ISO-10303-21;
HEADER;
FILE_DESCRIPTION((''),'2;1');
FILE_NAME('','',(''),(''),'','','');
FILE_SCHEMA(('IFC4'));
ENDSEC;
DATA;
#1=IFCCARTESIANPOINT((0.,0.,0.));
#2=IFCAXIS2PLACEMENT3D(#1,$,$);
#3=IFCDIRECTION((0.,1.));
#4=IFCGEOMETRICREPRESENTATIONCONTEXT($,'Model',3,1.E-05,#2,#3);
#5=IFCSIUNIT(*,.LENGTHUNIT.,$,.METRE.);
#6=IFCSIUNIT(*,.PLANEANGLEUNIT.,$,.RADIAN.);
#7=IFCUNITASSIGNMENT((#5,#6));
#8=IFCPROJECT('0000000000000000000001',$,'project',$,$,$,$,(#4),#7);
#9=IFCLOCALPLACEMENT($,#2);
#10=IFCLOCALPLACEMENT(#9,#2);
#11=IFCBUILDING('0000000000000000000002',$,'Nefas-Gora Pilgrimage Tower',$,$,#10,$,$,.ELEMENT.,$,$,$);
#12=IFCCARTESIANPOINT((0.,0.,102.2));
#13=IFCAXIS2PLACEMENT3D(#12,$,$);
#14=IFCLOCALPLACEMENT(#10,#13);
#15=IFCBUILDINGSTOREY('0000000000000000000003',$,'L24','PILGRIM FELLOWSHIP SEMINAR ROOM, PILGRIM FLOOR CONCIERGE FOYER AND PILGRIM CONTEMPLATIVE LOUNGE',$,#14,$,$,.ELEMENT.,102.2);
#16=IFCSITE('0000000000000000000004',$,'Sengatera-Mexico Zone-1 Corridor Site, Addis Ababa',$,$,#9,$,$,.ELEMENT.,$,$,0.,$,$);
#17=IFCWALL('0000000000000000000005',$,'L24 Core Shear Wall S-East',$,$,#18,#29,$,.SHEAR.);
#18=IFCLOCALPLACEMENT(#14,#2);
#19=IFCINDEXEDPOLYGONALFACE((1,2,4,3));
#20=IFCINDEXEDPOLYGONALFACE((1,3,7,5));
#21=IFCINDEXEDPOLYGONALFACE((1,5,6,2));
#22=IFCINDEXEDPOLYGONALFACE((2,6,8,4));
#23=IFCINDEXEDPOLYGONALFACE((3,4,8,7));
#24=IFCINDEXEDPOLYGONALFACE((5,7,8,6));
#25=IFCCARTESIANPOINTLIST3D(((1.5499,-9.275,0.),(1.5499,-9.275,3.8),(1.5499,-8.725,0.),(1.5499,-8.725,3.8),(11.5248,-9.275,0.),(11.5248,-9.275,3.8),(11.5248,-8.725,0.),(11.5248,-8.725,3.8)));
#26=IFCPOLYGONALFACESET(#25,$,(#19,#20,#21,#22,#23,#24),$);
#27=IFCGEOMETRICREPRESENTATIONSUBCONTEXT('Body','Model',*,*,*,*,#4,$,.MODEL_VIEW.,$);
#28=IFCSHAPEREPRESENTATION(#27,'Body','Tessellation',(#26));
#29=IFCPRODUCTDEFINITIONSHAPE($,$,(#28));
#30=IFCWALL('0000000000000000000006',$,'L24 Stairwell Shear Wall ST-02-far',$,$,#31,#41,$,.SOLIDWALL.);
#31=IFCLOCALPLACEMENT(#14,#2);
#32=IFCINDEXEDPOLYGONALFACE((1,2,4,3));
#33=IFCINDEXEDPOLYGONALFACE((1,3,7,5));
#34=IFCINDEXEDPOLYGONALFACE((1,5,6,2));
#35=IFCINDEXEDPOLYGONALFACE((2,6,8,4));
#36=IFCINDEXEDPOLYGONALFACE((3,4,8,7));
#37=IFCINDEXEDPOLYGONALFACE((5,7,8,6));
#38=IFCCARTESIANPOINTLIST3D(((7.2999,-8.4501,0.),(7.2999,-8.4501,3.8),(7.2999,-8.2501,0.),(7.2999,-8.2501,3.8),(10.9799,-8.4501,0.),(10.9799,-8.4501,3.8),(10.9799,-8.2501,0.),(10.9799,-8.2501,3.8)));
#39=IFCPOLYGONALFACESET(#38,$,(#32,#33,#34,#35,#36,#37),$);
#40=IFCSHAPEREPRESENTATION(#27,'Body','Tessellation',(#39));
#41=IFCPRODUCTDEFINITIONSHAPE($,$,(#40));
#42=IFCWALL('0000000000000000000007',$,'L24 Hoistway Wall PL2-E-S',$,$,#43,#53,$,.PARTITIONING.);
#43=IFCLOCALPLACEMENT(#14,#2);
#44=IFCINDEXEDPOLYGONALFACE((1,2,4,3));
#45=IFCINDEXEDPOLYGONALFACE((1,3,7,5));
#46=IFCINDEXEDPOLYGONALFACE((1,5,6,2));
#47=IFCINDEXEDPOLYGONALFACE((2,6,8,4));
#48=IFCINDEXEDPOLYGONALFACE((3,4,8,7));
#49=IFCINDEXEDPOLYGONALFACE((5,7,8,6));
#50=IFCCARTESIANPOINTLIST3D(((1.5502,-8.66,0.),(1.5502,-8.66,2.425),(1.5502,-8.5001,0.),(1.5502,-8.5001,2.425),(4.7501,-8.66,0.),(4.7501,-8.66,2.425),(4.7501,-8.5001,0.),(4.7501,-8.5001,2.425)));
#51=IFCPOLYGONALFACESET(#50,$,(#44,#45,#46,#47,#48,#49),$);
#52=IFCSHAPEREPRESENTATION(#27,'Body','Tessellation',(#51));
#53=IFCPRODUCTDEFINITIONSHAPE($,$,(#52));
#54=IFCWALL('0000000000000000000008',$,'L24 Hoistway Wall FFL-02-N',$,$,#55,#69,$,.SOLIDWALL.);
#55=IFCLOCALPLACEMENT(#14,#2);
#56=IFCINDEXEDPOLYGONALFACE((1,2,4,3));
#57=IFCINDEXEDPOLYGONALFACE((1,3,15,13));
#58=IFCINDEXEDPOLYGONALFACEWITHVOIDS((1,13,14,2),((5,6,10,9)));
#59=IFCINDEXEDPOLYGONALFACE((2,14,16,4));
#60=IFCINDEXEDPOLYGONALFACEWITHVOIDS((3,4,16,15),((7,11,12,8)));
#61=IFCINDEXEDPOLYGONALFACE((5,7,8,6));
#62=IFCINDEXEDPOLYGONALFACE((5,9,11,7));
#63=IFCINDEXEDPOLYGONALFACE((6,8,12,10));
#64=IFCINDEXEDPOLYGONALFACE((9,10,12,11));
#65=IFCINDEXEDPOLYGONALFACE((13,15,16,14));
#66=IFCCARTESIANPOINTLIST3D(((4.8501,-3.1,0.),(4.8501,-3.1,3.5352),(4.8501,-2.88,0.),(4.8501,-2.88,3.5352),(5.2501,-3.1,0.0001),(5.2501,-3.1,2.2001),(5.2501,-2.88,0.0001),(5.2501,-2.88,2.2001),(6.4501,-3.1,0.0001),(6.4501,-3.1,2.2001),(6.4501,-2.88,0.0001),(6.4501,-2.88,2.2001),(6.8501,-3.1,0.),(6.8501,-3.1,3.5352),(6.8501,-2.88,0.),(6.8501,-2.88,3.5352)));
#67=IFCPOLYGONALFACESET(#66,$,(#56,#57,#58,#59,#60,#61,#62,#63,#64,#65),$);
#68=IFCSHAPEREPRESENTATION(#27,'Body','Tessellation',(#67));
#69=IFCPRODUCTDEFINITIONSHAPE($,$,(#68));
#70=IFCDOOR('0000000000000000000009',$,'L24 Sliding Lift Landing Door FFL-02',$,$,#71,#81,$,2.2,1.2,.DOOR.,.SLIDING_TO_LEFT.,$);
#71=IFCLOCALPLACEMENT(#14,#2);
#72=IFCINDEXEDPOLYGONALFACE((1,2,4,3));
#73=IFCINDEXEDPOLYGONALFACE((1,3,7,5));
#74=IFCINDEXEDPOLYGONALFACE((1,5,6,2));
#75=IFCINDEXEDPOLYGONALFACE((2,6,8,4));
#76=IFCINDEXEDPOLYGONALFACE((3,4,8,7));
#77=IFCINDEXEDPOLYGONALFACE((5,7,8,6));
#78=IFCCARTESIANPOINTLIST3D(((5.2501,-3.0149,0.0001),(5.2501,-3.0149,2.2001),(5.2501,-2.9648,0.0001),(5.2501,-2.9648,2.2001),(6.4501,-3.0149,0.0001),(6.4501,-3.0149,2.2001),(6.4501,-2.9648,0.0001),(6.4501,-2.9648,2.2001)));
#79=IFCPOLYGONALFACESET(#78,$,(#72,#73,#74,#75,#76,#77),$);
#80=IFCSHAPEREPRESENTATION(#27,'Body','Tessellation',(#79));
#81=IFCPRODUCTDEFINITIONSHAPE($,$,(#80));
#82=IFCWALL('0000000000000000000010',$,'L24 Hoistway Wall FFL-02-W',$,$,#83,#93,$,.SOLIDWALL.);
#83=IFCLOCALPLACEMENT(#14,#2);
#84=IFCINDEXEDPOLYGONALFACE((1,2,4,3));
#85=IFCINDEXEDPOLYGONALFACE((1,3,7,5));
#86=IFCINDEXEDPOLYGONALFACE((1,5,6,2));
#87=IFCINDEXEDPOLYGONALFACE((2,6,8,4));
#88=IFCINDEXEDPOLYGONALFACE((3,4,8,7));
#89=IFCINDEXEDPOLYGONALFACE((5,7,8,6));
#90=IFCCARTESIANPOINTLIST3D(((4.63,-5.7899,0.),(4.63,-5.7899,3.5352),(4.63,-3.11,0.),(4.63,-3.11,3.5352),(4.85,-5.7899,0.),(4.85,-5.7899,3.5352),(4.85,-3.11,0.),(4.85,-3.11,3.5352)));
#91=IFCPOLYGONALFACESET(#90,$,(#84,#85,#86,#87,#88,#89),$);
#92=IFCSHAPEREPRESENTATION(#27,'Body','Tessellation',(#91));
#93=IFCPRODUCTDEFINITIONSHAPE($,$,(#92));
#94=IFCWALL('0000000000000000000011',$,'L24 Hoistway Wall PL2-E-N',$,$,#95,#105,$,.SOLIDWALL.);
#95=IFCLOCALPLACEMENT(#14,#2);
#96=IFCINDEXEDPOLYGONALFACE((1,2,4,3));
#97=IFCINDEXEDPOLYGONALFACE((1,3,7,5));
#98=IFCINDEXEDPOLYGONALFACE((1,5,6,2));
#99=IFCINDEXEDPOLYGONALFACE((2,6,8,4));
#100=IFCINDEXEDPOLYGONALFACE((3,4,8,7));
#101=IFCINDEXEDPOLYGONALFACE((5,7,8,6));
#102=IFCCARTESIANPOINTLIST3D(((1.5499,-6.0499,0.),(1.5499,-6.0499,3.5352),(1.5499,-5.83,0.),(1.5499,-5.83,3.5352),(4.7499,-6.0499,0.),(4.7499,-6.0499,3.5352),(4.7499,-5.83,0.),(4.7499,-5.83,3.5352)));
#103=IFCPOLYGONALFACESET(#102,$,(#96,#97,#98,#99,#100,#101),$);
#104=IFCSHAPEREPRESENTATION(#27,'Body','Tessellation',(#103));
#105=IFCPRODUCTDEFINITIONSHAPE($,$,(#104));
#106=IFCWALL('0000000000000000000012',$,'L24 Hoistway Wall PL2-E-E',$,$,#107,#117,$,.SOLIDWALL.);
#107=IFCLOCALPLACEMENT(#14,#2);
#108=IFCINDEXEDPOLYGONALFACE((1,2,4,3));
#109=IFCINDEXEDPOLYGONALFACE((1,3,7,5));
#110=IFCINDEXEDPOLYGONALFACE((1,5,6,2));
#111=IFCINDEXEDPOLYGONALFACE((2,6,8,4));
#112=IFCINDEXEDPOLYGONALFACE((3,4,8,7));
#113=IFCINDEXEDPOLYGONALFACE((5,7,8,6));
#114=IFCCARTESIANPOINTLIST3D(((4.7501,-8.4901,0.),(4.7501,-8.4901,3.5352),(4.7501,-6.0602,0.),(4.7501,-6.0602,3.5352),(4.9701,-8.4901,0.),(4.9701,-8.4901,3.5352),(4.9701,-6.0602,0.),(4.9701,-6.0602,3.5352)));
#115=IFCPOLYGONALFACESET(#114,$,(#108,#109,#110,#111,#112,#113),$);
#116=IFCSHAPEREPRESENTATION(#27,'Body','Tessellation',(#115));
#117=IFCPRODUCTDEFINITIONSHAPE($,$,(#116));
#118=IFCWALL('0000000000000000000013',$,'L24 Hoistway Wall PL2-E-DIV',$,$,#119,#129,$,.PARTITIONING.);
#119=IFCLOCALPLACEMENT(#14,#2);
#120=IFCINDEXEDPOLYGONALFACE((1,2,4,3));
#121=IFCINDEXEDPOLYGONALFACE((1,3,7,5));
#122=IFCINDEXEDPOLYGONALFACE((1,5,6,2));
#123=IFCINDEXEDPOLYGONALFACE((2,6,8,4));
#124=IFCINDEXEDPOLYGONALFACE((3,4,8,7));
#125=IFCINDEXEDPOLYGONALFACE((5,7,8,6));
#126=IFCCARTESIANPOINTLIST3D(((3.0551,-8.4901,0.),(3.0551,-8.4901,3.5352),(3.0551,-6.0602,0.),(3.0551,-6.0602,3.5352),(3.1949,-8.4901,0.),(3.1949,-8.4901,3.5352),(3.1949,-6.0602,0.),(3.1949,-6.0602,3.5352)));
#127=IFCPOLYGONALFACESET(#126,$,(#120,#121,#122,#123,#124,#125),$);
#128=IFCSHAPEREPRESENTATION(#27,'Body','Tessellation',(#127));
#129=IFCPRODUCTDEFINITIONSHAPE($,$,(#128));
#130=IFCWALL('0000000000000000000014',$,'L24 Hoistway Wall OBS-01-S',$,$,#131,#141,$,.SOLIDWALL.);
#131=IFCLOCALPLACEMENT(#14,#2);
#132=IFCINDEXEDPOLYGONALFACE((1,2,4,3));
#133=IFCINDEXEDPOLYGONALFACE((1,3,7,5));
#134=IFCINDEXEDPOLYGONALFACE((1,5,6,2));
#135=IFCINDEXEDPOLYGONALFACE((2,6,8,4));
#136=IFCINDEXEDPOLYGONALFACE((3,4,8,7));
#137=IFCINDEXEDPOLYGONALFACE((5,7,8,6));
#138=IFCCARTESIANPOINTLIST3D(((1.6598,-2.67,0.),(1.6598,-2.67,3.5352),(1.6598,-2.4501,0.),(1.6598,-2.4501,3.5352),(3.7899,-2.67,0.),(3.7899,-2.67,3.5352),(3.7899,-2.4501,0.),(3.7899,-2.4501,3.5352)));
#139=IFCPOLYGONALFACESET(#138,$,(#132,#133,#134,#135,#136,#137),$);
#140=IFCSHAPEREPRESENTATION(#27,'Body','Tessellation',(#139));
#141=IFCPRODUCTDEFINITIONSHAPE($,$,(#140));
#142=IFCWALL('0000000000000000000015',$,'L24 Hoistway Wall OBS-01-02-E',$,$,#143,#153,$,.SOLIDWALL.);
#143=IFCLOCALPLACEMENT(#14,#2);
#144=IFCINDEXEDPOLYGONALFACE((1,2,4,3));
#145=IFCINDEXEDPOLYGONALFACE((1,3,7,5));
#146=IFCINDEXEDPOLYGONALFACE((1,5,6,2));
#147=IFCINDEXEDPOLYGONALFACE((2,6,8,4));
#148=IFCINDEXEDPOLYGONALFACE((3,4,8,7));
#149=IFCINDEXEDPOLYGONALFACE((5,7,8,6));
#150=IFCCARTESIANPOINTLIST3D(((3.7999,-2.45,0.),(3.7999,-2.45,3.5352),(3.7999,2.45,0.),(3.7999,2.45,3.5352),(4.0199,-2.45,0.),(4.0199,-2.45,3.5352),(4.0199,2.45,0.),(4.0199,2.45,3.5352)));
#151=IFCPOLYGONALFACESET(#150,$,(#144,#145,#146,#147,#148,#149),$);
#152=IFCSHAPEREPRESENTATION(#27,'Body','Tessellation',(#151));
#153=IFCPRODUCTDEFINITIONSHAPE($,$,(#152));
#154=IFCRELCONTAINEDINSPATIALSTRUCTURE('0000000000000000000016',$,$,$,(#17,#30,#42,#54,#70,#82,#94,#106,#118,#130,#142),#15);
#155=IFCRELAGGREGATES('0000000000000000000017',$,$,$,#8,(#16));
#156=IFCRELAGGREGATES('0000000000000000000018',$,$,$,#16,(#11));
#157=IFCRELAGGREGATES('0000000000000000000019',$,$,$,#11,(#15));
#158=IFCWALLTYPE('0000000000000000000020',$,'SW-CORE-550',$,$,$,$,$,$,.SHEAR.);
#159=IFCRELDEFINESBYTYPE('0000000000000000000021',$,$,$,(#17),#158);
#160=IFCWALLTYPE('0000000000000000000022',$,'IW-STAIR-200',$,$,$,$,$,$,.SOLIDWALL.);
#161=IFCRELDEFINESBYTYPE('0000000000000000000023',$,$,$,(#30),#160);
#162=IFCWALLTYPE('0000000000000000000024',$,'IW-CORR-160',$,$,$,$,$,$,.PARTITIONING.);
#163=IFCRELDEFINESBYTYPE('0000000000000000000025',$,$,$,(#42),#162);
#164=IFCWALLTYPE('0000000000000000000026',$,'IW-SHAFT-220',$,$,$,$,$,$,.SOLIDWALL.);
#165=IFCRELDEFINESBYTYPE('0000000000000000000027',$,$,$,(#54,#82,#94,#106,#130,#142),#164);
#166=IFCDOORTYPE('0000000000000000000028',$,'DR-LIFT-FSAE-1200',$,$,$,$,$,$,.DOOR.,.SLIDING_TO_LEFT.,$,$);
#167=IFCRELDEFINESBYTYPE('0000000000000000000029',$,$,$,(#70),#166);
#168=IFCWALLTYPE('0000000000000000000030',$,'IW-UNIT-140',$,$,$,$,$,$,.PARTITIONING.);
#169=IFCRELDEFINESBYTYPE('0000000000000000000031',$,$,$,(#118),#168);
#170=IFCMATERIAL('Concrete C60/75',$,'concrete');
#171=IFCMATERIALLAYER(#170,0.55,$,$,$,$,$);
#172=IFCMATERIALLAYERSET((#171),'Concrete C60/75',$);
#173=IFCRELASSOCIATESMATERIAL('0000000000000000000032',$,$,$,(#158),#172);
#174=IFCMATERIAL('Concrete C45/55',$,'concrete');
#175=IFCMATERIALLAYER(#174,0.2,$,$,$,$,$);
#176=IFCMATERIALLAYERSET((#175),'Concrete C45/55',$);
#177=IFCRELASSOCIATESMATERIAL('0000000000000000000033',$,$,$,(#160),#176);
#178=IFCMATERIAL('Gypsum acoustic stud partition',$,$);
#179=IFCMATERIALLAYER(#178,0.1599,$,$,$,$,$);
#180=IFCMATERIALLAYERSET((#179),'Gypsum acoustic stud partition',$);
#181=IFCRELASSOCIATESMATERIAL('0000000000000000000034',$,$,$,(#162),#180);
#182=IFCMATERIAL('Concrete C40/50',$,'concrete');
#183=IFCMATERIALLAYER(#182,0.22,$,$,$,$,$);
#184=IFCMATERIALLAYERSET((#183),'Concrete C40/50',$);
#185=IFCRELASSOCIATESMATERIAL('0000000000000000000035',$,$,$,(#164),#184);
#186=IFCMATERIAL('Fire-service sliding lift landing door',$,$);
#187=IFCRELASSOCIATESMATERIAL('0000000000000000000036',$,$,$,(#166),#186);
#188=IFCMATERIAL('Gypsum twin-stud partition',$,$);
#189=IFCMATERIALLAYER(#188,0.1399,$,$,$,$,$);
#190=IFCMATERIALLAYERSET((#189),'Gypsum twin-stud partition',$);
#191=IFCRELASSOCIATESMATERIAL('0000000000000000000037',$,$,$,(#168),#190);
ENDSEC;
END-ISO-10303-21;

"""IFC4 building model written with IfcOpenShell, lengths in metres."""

from ifc_helpers import new_model, si_unit, direction, frame, frame_2d, origin, place, context, subcontext, project, spatial, rectangle, extrude, source, transform, mapped, material, layer, layer_set, type_object, element, fill, save


model = new_model("IFC4")

# Units and contexts
model_context = context("Model", 3, precision=1e-05, world=origin(), true_north=direction((0.0, 1.0)))
body_context = subcontext(model_context, "Body", "Model", "MODEL_VIEW")
ifc_project = project(units=[si_unit("LENGTHUNIT", "METRE"), si_unit("PLANEANGLEUNIT", "RADIAN")], contexts=[model_context])

# Site, building, storey
site_placement = place(None, origin())
site = spatial("IfcSite", under=ifc_project, at=site_placement, Name="Sengatera-Mexico Zone-1 Corridor Site, Addis Ababa", CompositionType="ELEMENT", RefElevation=0.0)
building_placement = place(site_placement, origin())
building = spatial("IfcBuilding", under=site, at=building_placement, Name="Nefas-Gora Pilgrimage Tower", CompositionType="ELEMENT")
storey_placement = place(building_placement, frame((0.0, 0.0, 102.2)))
storey = spatial("IfcBuildingStorey", under=building, at=storey_placement, Name="L24", Description="PILGRIM FELLOWSHIP SEMINAR ROOM, PILGRIM FLOOR CONCIERGE FOYER AND PILGRIM CONTEMPLATIVE LOUNGE", CompositionType="ELEMENT", Elevation=102.2)

# Walls
ifc_material_1 = material(Name="Concrete C60/75", Category="concrete")
ifc_layer_1 = layer(ifc_material_1, 0.55)
ifc_layer_set_1 = layer_set([ifc_layer_1], Name="Concrete C60/75")
wall_type_1 = type_object("IfcWallType", Name="SW-CORE-550", PredefinedType="SHEAR", material=ifc_layer_set_1)
shared_shape_1 = source(origin(), body_context, "Body", "SweptSolid", [
    extrude(rectangle(XDim=9.9749, YDim=0.55, at=frame_2d((4.9873, 0.0))), origin(), (0.0, 0.0, 1.0), 3.8),
])
wall_1_placement = place(storey_placement, frame((1.55, -9.0, 0.0), z_axis=(0.0, 0.0, 1.0), x_axis=(1.0, 0.0, 0.0)))
element("IfcWall", 1, at=wall_1_placement, inside=storey, type_object=wall_type_1, Name="L24 Core Shear Wall S-East", PredefinedType="SHEAR", context=body_context, shape_type="MappedRepresentation", body=[
    mapped(shared_shape_1, transform((0.0, 0.0, 0.0), x_axis=(1.0, 0.0, 0.0), y_axis=(0.0, 1.0, 0.0), z_axis=(0.0, 0.0, 1.0), scale=1.0)),
])
ifc_material_2 = material(Name="Concrete C45/55", Category="concrete")
ifc_layer_2 = layer(ifc_material_2, 0.2)
ifc_layer_set_2 = layer_set([ifc_layer_2], Name="Concrete C45/55")
wall_type_2 = type_object("IfcWallType", Name="IW-STAIR-200", PredefinedType="SOLIDWALL", material=ifc_layer_set_2)
shared_shape_2 = source(origin(), body_context, "Body", "SweptSolid", [
    extrude(rectangle(XDim=3.6799, YDim=0.2, at=frame_2d((1.8398, 0.0))), origin(), (0.0, 0.0, 1.0), 3.8),
])
wall_2_placement = place(storey_placement, frame((7.3, -8.3501, 0.0), z_axis=(0.0, 0.0, 1.0), x_axis=(1.0, 0.0, 0.0)))
element("IfcWall", 2, at=wall_2_placement, inside=storey, type_object=wall_type_2, Name="L24 Stairwell Shear Wall ST-02-far", PredefinedType="SOLIDWALL", context=body_context, shape_type="MappedRepresentation", body=[
    mapped(shared_shape_2, transform((0.0, 0.0, 0.0), x_axis=(1.0, 0.0, 0.0), y_axis=(0.0, 1.0, 0.0), z_axis=(0.0, 0.0, 1.0), scale=1.0)),
])
ifc_material_3 = material(Name="Gypsum acoustic stud partition")
ifc_layer_3 = layer(ifc_material_3, 0.1599)
ifc_layer_set_3 = layer_set([ifc_layer_3], Name="Gypsum acoustic stud partition")
wall_type_3 = type_object("IfcWallType", Name="IW-CORR-160", PredefinedType="PARTITIONING", material=ifc_layer_set_3)
shared_shape_3 = source(origin(), body_context, "Body", "SweptSolid", [
    extrude(rectangle(XDim=3.2, YDim=0.1599, at=frame_2d((1.6001, 0.0))), origin(), (0.0, 0.0, 1.0), 2.425),
])
wall_3_placement = place(storey_placement, frame((1.55, -8.5801, 0.0), z_axis=(0.0, 0.0, 1.0), x_axis=(1.0, 0.0, 0.0)))
element("IfcWall", 3, at=wall_3_placement, inside=storey, type_object=wall_type_3, Name="L24 Hoistway Wall PL2-E-S", PredefinedType="PARTITIONING", context=body_context, shape_type="MappedRepresentation", body=[
    mapped(shared_shape_3, transform((0.0, 0.0, 0.0), x_axis=(1.0, 0.0, 0.0), y_axis=(0.0, 1.0, 0.0), z_axis=(0.0, 0.0, 1.0), scale=1.0)),
])

# Wall, opening, door
ifc_material_4 = material(Name="Concrete C40/50", Category="concrete")
ifc_layer_4 = layer(ifc_material_4, 0.22)
ifc_layer_set_4 = layer_set([ifc_layer_4], Name="Concrete C40/50")
wall_type_4 = type_object("IfcWallType", Name="IW-SHAFT-220", PredefinedType="SOLIDWALL", material=ifc_layer_set_4)
shared_shape_4 = source(origin(), body_context, "Body", "SweptSolid", [
    extrude(rectangle(XDim=2.0, YDim=0.22, at=frame_2d((1.0, 0.0))), origin(), (0.0, 0.0, 1.0), 3.5352),
])
wall_4_placement = place(storey_placement, frame((6.8501, -2.99, 0.0), z_axis=(0.0, 0.0, 1.0), x_axis=(-1.0, 0.0, 0.0)))
wall_4 = element("IfcWall", 4, at=wall_4_placement, inside=storey, type_object=wall_type_4, Name="L24 Hoistway Wall FFL-02-N", PredefinedType="SOLIDWALL", context=body_context, shape_type="MappedRepresentation", body=[
    mapped(shared_shape_4, transform((0.0, 0.0, 0.0), x_axis=(1.0, 0.0, 0.0), y_axis=(0.0, 1.0, 0.0), z_axis=(0.0, 0.0, 1.0), scale=1.0)),
])
opening_1_placement = place(wall_4_placement, frame((0.3999, 0.0, 0.0)))
opening_1 = element("IfcOpeningElement", 5, at=opening_1_placement, cuts=wall_4, PredefinedType="OPENING", context=body_context, shape_type="SweptSolid", body=[
    extrude(rectangle(XDim=1.2, YDim=2.2, at=frame_2d((0.6001, 1.1001))), frame((0.0, 0.1199, 0.0), z_axis=(0.0, -1.0, 0.0), x_axis=(1.0, 0.0, 0.0)), (0.0, 0.0, 1.0), 0.24),
])
ifc_material_5 = material(Name="Fire-service sliding lift landing door")
door_type_1 = type_object("IfcDoorType", Name="DR-LIFT-FSAE-1200", OperationType="SLIDING_TO_LEFT", PredefinedType="DOOR", material=ifc_material_5)
shared_shape_5 = source(origin(), body_context, "Body", "SweptSolid", [
    extrude(rectangle(XDim=1.2, YDim=2.2, at=frame_2d((0.6001, 1.1001))), frame((0.0, 0.0249, 0.0), z_axis=(0.0, -1.0, 0.0), x_axis=(1.0, 0.0, 0.0)), (0.0, 0.0, 1.0), 0.05),
])
door_1_placement = place(opening_1_placement, origin())
door_1 = element("IfcDoor", 6, at=door_1_placement, inside=storey, type_object=door_type_1, Name="L24 Sliding Lift Landing Door FFL-02", OperationType="SLIDING_TO_LEFT", OverallHeight=2.2, OverallWidth=1.2, PredefinedType="DOOR", context=body_context, shape_type="MappedRepresentation", body=[
    mapped(shared_shape_5, transform((0.0, 0.0, 0.0), x_axis=(1.0, 0.0, 0.0), y_axis=(0.0, 1.0, 0.0), z_axis=(0.0, 0.0, 1.0), scale=1.0)),
])
fill(opening_1, door_1)

# Walls
shared_shape_6 = source(origin(), body_context, "Body", "SweptSolid", [
    extrude(rectangle(XDim=2.6799, YDim=0.22, at=frame_2d((1.3398, 0.0))), origin(), (0.0, 0.0, 1.0), 3.5352),
])
wall_5_placement = place(storey_placement, frame((4.74, -3.1101, 0.0), z_axis=(0.0, 0.0, 1.0), x_axis=(0.0, -1.0, 0.0)))
element("IfcWall", 7, at=wall_5_placement, inside=storey, type_object=wall_type_4, Name="L24 Hoistway Wall FFL-02-W", PredefinedType="SOLIDWALL", context=body_context, shape_type="MappedRepresentation", body=[
    mapped(shared_shape_6, transform((0.0, 0.0, 0.0), x_axis=(1.0, 0.0, 0.0), y_axis=(0.0, 1.0, 0.0), z_axis=(0.0, 0.0, 1.0), scale=1.0)),
])
shared_shape_7 = source(origin(), body_context, "Body", "SweptSolid", [
    extrude(rectangle(XDim=3.2, YDim=0.22, at=frame_2d((1.6001, 0.0))), origin(), (0.0, 0.0, 1.0), 3.5352),
])
wall_6_placement = place(storey_placement, frame((4.75, -5.9399, 0.0), z_axis=(0.0, 0.0, 1.0), x_axis=(-1.0, 0.0, 0.0)))
element("IfcWall", 8, at=wall_6_placement, inside=storey, type_object=wall_type_4, Name="L24 Hoistway Wall PL2-E-N", PredefinedType="SOLIDWALL", context=body_context, shape_type="MappedRepresentation", body=[
    mapped(shared_shape_7, transform((0.0, 0.0, 0.0), x_axis=(1.0, 0.0, 0.0), y_axis=(0.0, 1.0, 0.0), z_axis=(0.0, 0.0, 1.0), scale=1.0)),
])
shared_shape_8 = source(origin(), body_context, "Body", "SweptSolid", [
    extrude(rectangle(XDim=2.4299, YDim=0.22, at=frame_2d((1.2148, 0.0))), origin(), (0.0, 0.0, 1.0), 3.5352),
])
for number, where, z_axis, x_axis, name in (
    (9, (4.8601, -8.49, 0.0), (0.0, 0.0, 1.0), (0.0, 1.0, 0.0), "L24 Hoistway Wall PL2-E-E"),
):
    element("IfcWall", number, at=place(storey_placement, frame(where, z_axis=z_axis, x_axis=x_axis)), inside=storey, type_object=wall_type_4, Name=name, PredefinedType="SOLIDWALL", context=body_context, shape_type="MappedRepresentation", body=[
        mapped(shared_shape_8, transform((0.0, 0.0, 0.0), x_axis=(1.0, 0.0, 0.0), y_axis=(0.0, 1.0, 0.0), z_axis=(0.0, 0.0, 1.0), scale=1.0)),
    ])
ifc_material_6 = material(Name="Gypsum twin-stud partition")
ifc_layer_5 = layer(ifc_material_6, 0.1399)
ifc_layer_set_5 = layer_set([ifc_layer_5], Name="Gypsum twin-stud partition")
wall_type_5 = type_object("IfcWallType", Name="IW-UNIT-140", PredefinedType="PARTITIONING", material=ifc_layer_set_5)
shared_shape_9 = source(origin(), body_context, "Body", "SweptSolid", [
    extrude(rectangle(XDim=2.4299, YDim=0.1399, at=frame_2d((1.2148, 0.0))), origin(), (0.0, 0.0, 1.0), 3.5352),
])
wall_7_placement = place(storey_placement, frame((3.125, -8.49, 0.0), z_axis=(0.0, 0.0, 1.0), x_axis=(0.0, 1.0, 0.0)))
element("IfcWall", 10, at=wall_7_placement, inside=storey, type_object=wall_type_5, Name="L24 Hoistway Wall PL2-E-DIV", PredefinedType="PARTITIONING", context=body_context, shape_type="MappedRepresentation", body=[
    mapped(shared_shape_9, transform((0.0, 0.0, 0.0), x_axis=(1.0, 0.0, 0.0), y_axis=(0.0, 1.0, 0.0), z_axis=(0.0, 0.0, 1.0), scale=1.0)),
])
shared_shape_10 = source(origin(), body_context, "Body", "SweptSolid", [
    extrude(rectangle(XDim=2.1301, YDim=0.22, at=frame_2d((1.0649, 0.0))), origin(), (0.0, 0.0, 1.0), 3.5352),
])
wall_8_placement = place(storey_placement, frame((1.6599, -2.5601, 0.0), z_axis=(0.0, 0.0, 1.0), x_axis=(1.0, 0.0, 0.0)))
element("IfcWall", 11, at=wall_8_placement, inside=storey, type_object=wall_type_4, Name="L24 Hoistway Wall OBS-01-S", PredefinedType="SOLIDWALL", context=body_context, shape_type="MappedRepresentation", body=[
    mapped(shared_shape_10, transform((0.0, 0.0, 0.0), x_axis=(1.0, 0.0, 0.0), y_axis=(0.0, 1.0, 0.0), z_axis=(0.0, 0.0, 1.0), scale=1.0)),
])
shared_shape_11 = source(origin(), body_context, "Body", "SweptSolid", [
    extrude(rectangle(XDim=4.8999, YDim=0.22, at=frame_2d((2.45, 0.0))), origin(), (0.0, 0.0, 1.0), 3.5352),
])
wall_9_placement = place(storey_placement, frame((3.9099, -2.45, 0.0), z_axis=(0.0, 0.0, 1.0), x_axis=(0.0, 1.0, 0.0)))
element("IfcWall", 12, at=wall_9_placement, inside=storey, type_object=wall_type_4, Name="L24 Hoistway Wall OBS-01-02-E", PredefinedType="SOLIDWALL", context=body_context, shape_type="MappedRepresentation", body=[
    mapped(shared_shape_11, transform((0.0, 0.0, 0.0), x_axis=(1.0, 0.0, 0.0), y_axis=(0.0, 1.0, 0.0), z_axis=(0.0, 0.0, 1.0), scale=1.0)),
])

save(model, "model.ifc")
